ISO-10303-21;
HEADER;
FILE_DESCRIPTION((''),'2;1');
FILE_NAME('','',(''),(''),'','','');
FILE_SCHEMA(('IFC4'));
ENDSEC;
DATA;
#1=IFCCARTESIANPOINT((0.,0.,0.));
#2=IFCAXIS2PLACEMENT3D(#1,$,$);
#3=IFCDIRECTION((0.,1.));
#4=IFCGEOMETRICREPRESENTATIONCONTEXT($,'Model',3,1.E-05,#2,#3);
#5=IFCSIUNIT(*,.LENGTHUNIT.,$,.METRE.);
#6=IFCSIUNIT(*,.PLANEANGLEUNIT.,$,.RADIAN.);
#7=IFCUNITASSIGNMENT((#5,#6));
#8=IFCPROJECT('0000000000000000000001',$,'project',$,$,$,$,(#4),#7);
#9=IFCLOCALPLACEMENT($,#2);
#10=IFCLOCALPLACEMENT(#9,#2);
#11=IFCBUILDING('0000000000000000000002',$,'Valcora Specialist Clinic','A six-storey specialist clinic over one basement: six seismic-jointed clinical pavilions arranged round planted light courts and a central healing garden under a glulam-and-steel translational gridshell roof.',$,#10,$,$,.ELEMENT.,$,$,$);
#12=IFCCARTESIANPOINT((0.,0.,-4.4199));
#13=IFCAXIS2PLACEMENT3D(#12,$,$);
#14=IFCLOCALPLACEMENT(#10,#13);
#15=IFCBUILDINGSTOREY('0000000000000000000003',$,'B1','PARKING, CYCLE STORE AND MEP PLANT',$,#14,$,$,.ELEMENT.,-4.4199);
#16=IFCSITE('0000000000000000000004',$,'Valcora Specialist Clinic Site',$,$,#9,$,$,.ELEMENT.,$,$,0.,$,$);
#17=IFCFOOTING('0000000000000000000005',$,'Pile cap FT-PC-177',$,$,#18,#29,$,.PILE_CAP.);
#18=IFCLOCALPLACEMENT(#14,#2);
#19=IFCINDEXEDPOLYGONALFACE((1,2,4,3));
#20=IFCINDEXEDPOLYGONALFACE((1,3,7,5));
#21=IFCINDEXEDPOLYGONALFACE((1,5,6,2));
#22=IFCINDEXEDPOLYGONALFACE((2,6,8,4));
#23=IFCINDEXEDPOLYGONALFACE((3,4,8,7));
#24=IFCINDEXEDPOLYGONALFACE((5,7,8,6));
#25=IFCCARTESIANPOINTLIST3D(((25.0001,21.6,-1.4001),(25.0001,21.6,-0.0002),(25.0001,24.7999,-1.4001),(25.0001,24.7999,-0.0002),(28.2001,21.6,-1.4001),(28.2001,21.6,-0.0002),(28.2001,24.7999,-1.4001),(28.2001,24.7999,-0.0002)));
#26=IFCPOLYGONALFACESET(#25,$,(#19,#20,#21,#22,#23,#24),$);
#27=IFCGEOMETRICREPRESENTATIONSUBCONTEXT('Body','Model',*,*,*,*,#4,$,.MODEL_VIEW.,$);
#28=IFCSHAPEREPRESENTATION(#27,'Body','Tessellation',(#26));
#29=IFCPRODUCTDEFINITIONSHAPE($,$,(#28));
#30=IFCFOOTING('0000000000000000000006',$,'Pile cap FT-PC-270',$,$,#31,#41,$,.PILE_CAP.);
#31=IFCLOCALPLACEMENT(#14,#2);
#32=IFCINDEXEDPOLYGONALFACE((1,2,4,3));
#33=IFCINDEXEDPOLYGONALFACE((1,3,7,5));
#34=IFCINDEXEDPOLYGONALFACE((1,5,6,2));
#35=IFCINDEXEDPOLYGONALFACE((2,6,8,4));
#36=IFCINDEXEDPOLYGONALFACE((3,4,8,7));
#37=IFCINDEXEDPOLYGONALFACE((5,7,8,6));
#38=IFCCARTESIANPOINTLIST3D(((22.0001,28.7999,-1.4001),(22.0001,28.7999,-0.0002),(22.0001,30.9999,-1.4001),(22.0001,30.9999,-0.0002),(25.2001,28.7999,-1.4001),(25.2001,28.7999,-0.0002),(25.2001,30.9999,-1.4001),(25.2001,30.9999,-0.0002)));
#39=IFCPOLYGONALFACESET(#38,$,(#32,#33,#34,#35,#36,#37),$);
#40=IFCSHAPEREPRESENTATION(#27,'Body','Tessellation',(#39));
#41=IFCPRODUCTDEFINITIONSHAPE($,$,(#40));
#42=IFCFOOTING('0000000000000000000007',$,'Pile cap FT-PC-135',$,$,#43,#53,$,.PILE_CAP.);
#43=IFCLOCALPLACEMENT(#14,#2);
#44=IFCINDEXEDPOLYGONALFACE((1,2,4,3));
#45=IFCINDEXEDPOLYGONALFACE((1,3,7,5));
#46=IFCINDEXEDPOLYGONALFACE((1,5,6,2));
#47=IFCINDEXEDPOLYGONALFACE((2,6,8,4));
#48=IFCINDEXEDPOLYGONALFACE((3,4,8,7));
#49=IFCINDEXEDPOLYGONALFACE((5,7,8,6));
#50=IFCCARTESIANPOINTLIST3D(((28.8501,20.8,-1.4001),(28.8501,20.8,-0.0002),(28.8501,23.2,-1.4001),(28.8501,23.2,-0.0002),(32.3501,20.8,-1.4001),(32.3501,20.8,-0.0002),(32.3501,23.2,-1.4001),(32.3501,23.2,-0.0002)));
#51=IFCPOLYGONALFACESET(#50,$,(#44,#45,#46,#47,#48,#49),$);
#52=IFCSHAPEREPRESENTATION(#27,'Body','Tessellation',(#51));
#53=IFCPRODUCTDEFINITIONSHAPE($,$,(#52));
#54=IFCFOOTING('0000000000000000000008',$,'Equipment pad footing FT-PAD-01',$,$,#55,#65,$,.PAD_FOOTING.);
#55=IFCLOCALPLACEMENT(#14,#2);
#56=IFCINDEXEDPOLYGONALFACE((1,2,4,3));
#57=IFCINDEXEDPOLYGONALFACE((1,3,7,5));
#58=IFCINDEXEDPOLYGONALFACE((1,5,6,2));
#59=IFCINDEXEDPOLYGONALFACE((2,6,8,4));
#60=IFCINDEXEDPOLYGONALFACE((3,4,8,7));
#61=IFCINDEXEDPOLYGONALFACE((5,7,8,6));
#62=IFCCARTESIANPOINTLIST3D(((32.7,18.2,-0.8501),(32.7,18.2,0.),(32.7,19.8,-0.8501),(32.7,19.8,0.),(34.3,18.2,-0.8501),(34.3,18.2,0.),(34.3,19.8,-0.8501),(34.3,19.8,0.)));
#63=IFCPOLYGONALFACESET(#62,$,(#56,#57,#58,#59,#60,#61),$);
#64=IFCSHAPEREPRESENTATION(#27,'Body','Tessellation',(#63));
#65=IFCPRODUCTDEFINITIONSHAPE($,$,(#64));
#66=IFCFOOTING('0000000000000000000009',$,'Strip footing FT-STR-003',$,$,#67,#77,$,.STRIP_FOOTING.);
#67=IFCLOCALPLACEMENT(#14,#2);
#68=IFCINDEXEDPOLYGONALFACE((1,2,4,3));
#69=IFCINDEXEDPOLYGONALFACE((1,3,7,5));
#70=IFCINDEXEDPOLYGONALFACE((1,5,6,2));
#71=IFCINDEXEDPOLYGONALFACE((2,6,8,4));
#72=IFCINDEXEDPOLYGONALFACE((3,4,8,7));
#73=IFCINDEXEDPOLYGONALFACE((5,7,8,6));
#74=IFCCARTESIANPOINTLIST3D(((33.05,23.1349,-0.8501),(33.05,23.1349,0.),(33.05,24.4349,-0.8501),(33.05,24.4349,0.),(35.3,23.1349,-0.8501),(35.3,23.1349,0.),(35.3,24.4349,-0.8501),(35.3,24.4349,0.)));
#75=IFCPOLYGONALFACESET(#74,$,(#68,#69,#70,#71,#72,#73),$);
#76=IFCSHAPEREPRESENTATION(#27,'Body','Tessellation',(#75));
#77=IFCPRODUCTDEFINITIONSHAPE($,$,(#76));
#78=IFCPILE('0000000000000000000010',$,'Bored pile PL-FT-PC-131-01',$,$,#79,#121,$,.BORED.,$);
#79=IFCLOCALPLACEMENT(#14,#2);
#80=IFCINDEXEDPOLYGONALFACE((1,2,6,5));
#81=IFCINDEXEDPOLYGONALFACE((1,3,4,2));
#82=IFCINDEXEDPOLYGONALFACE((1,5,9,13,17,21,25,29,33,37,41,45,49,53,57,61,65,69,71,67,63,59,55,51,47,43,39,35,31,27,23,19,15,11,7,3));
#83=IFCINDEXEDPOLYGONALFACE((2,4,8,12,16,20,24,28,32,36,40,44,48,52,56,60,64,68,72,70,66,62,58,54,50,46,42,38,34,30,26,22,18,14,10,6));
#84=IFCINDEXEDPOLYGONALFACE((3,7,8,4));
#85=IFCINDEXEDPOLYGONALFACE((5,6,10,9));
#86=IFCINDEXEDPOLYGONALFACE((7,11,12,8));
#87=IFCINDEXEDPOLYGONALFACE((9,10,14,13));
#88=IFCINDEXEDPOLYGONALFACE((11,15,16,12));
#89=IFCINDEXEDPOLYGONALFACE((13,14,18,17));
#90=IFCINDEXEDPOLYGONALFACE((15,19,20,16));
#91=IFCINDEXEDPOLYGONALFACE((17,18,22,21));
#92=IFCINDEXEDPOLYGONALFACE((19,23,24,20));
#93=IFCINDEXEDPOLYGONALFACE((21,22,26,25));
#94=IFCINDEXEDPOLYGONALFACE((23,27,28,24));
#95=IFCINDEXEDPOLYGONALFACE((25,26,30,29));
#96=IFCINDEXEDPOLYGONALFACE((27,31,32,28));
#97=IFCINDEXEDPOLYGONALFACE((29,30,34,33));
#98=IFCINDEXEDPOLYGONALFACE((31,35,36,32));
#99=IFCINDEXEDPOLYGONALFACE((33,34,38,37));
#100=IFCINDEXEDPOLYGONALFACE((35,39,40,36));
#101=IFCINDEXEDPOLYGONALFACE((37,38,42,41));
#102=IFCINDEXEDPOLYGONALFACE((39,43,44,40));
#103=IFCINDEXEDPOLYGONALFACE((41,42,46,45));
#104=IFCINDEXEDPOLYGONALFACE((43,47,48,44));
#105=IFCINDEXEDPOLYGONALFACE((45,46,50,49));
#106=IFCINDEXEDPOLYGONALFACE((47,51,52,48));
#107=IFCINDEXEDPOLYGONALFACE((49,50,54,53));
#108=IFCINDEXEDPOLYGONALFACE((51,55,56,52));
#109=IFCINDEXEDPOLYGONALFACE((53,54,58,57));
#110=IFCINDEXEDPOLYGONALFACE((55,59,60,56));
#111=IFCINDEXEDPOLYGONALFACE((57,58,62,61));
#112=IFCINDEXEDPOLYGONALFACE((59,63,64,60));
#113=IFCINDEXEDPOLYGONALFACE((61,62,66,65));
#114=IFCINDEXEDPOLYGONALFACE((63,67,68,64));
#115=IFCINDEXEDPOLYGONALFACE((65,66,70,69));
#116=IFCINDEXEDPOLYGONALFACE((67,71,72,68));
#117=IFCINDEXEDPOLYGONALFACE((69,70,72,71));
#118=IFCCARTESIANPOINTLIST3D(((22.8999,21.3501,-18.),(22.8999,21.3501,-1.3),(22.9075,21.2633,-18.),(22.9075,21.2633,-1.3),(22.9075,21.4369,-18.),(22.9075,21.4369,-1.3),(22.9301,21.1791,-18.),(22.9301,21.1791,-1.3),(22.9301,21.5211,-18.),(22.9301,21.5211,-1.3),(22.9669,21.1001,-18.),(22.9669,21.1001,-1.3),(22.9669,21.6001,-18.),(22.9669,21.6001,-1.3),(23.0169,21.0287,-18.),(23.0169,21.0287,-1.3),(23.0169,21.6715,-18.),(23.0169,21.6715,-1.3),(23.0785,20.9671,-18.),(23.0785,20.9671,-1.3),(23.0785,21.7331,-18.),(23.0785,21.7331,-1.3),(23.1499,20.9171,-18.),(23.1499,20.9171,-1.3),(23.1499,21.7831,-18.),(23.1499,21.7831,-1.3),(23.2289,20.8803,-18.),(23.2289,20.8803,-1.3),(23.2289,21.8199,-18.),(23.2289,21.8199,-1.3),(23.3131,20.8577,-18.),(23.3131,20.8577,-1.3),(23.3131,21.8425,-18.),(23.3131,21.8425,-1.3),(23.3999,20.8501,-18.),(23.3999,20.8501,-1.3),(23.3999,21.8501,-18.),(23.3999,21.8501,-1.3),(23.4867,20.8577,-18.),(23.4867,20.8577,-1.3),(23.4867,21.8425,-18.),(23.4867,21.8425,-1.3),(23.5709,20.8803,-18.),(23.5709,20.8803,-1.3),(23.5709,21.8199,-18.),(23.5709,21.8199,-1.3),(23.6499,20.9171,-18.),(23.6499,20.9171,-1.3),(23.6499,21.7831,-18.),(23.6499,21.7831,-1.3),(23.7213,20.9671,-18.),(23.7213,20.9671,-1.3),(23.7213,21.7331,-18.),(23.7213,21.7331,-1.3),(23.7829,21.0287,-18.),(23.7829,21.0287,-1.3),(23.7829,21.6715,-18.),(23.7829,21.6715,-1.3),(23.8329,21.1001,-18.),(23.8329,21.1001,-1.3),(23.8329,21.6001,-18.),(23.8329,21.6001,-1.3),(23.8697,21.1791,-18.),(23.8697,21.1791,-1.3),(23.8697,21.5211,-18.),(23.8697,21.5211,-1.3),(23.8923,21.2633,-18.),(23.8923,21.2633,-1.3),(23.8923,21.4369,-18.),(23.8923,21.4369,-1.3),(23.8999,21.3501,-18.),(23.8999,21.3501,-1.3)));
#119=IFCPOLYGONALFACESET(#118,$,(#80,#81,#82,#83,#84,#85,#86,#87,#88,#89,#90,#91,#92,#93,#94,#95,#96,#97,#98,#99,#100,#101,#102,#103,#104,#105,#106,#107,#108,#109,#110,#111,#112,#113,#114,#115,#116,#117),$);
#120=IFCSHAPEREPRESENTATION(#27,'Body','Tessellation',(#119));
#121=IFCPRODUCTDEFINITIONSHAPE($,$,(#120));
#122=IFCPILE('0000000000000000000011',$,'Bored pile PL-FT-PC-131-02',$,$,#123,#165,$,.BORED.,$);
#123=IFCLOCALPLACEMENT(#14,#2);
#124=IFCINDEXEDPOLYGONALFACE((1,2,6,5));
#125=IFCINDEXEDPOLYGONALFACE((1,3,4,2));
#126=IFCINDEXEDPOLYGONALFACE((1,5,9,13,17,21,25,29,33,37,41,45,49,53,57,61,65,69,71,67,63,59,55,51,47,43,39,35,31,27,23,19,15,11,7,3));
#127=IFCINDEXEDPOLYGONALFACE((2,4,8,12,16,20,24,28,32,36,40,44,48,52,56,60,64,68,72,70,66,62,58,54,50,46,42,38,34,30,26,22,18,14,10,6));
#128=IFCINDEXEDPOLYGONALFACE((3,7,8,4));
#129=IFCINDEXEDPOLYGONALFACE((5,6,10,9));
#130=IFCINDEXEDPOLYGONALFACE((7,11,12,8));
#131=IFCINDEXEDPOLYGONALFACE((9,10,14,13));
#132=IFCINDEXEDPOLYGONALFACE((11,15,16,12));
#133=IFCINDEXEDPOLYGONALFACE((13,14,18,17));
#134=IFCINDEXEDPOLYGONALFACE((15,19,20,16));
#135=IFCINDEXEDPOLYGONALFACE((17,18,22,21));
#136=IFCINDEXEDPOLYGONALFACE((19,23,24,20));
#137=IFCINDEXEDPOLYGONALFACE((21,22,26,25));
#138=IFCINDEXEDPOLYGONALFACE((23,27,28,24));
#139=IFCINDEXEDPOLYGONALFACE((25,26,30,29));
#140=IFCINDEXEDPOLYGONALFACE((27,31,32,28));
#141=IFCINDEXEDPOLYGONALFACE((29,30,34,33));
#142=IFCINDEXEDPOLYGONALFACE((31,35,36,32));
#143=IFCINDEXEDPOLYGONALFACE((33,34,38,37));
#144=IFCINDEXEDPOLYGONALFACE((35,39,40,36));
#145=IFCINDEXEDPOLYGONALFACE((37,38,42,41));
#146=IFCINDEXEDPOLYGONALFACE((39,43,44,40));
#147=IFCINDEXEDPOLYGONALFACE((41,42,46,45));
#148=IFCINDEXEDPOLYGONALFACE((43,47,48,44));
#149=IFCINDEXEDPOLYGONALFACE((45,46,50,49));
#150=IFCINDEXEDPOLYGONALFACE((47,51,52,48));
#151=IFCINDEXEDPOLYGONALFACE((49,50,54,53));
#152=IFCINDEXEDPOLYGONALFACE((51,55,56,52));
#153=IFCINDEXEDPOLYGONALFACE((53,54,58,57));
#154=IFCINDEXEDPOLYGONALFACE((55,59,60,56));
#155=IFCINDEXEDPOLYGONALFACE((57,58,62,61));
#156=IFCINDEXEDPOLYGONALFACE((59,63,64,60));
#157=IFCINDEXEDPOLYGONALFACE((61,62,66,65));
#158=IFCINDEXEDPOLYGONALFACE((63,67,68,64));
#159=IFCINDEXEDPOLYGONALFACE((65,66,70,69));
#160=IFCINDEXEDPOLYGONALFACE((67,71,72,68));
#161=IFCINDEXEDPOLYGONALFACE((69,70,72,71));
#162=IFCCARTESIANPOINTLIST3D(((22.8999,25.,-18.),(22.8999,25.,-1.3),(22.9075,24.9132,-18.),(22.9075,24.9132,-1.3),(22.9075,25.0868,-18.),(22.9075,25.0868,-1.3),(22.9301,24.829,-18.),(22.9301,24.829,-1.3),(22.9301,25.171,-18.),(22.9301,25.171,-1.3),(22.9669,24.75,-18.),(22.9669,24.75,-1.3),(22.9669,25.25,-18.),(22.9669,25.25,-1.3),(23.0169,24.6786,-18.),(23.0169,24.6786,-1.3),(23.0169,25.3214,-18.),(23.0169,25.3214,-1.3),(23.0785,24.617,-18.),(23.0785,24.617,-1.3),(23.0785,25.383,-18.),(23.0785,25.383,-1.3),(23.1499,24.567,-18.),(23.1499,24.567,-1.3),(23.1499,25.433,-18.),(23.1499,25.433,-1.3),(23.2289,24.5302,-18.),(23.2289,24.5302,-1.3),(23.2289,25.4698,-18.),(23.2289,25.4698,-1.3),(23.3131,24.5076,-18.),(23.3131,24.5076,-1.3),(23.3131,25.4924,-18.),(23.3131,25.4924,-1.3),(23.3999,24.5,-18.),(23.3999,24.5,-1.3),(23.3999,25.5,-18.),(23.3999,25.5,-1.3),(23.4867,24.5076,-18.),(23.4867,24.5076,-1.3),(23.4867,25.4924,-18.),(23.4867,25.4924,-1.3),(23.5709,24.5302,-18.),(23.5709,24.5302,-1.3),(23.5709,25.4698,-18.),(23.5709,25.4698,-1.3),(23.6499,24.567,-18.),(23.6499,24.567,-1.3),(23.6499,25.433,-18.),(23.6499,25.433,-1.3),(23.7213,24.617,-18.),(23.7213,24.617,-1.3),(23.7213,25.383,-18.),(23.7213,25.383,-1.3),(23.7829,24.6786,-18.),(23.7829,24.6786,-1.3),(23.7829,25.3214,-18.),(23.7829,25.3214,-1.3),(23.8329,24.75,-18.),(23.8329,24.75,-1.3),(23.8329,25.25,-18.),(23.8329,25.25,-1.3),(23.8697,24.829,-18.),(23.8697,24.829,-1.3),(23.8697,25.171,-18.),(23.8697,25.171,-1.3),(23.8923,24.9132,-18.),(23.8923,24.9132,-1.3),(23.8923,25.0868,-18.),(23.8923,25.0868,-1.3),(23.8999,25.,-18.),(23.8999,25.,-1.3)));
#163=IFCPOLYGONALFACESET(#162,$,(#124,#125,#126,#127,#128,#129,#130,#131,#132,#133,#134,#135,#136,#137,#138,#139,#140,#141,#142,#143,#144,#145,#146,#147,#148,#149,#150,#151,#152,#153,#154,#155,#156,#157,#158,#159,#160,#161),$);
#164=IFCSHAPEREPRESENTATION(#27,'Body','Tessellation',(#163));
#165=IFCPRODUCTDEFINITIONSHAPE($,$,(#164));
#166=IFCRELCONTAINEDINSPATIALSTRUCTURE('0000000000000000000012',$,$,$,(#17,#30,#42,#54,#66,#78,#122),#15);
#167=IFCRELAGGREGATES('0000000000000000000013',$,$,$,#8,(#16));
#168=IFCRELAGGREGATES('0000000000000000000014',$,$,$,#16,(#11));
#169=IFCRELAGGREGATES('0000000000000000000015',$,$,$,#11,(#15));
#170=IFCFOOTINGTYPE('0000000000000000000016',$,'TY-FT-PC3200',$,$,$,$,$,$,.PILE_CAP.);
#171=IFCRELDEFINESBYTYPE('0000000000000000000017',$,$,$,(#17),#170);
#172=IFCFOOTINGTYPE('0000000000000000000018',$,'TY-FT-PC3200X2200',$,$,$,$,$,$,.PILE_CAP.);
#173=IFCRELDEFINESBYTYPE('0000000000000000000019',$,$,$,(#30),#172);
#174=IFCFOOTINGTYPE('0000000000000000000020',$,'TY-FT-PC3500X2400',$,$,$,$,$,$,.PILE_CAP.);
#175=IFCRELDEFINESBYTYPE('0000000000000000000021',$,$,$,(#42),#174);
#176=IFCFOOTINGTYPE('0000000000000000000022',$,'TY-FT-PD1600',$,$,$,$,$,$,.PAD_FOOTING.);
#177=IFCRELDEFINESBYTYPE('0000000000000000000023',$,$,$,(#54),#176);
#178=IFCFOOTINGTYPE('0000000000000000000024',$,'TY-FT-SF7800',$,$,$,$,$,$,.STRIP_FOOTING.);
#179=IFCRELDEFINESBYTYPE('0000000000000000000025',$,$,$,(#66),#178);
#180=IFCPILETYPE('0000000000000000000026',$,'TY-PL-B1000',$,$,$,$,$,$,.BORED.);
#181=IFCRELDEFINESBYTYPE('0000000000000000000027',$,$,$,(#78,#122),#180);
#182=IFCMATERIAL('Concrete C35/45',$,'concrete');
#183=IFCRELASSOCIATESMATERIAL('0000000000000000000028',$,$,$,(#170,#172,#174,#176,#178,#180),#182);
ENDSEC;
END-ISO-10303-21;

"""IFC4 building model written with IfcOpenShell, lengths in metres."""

from ifc_helpers import new_model, si_unit, direction, frame, origin, origin_2d, place, context, subcontext, project, spatial, rectangle, circle, extrude, material, material_profile, profile_set, type_object, element, save


model = new_model("IFC4")

# Units and contexts
model_context = context("Model", 3, precision=1e-05, world=origin(), true_north=direction((0.0, 1.0)))
body_context = subcontext(model_context, "Body", "Model", "MODEL_VIEW")
ifc_project = project(units=[si_unit("LENGTHUNIT", "METRE"), si_unit("PLANEANGLEUNIT", "RADIAN")], contexts=[model_context])

# Site, building, storey
site_placement = place(None, origin())
site = spatial("IfcSite", under=ifc_project, at=site_placement, Name="Valcora Specialist Clinic Site", CompositionType="ELEMENT", RefElevation=0.0)
building_placement = place(site_placement, origin())
building = spatial("IfcBuilding", under=site, at=building_placement, Name="Valcora Specialist Clinic", Description="A six-storey specialist clinic over one basement: six seismic-jointed clinical pavilions arranged round planted light courts and a central healing garden under a glulam-and-steel translational gridshell roof.", CompositionType="ELEMENT")
storey_placement = place(building_placement, frame((0.0, 0.0, -4.4199)))
storey = spatial("IfcBuildingStorey", under=building, at=storey_placement, Name="B1", Description="PARKING, CYCLE STORE AND MEP PLANT", CompositionType="ELEMENT", Elevation=-4.4199)

# Footings
ifc_material_1 = material(Name="Concrete C35/45", Category="concrete")
footing_type_1 = type_object("IfcFootingType", Name="TY-FT-PC3200", PredefinedType="PILE_CAP", material=ifc_material_1)
footing_1_placement = place(storey_placement, frame((26.6001, 23.2, -1.4001), z_axis=(0.0, 0.0, 1.0), x_axis=(1.0, 0.0, 0.0)))
element("IfcFooting", 1, at=footing_1_placement, inside=storey, type_object=footing_type_1, Name="Pile cap FT-PC-177", PredefinedType="PILE_CAP", context=body_context, shape_type="SweptSolid", body=[
    extrude(rectangle(XDim=3.2, YDim=3.2, at=origin_2d()), origin(), (0.0, 0.0, 1.0), 1.3999),
])
footing_type_2 = type_object("IfcFootingType", Name="TY-FT-PC3200X2200", PredefinedType="PILE_CAP", material=ifc_material_1)
footing_2_placement = place(storey_placement, frame((23.6001, 29.8999, -1.4001), z_axis=(0.0, 0.0, 1.0), x_axis=(1.0, 0.0, 0.0)))
element("IfcFooting", 2, at=footing_2_placement, inside=storey, type_object=footing_type_2, Name="Pile cap FT-PC-270", PredefinedType="PILE_CAP", context=body_context, shape_type="SweptSolid", body=[
    extrude(rectangle(XDim=3.2, YDim=2.2, at=origin_2d()), origin(), (0.0, 0.0, 1.0), 1.3999),
])
footing_type_3 = type_object("IfcFootingType", Name="TY-FT-PC3500X2400", PredefinedType="PILE_CAP", material=ifc_material_1)
footing_3_placement = place(storey_placement, frame((30.6001, 22.0, -1.4001), z_axis=(0.0, 0.0, 1.0), x_axis=(1.0, 0.0, 0.0)))
element("IfcFooting", 3, at=footing_3_placement, inside=storey, type_object=footing_type_3, Name="Pile cap FT-PC-135", PredefinedType="PILE_CAP", context=body_context, shape_type="SweptSolid", body=[
    extrude(rectangle(XDim=3.5, YDim=2.3999, at=origin_2d()), origin(), (0.0, 0.0, 1.0), 1.3999),
])
footing_type_4 = type_object("IfcFootingType", Name="TY-FT-PD1600", PredefinedType="PAD_FOOTING", material=ifc_material_1)
footing_4_placement = place(storey_placement, frame((33.5, 19.0, -0.8501), z_axis=(0.0, 0.0, 1.0), x_axis=(1.0, 0.0, 0.0)))
element("IfcFooting", 4, at=footing_4_placement, inside=storey, type_object=footing_type_4, Name="Equipment pad footing FT-PAD-01", PredefinedType="PAD_FOOTING", context=body_context, shape_type="SweptSolid", body=[
    extrude(rectangle(XDim=1.6001, YDim=1.6001, at=origin_2d()), origin(), (0.0, 0.0, 1.0), 0.8501),
])
footing_type_5 = type_object("IfcFootingType", Name="TY-FT-SF7800", PredefinedType="STRIP_FOOTING", material=ifc_material_1)
footing_5_placement = place(storey_placement, frame((34.175, 23.7849, -0.8501), z_axis=(0.0, 0.0, 1.0), x_axis=(1.0, 0.0, 0.0)))
element("IfcFooting", 5, at=footing_5_placement, inside=storey, type_object=footing_type_5, Name="Strip footing FT-STR-003", PredefinedType="STRIP_FOOTING", context=body_context, shape_type="SweptSolid", body=[
    extrude(rectangle(XDim=2.25, YDim=1.3, at=origin_2d()), origin(), (0.0, 0.0, 1.0), 0.8501),
])

# Piles
ifc_material_profile_1 = material_profile(ifc_material_1, circle(Radius=0.5, at=origin_2d()), Name="RC-PIL-D1000")
ifc_profile_set_1 = profile_set([ifc_material_profile_1], Name="Concrete C35/45")
pile_type_1 = type_object("IfcPileType", Name="TY-PL-B1000", PredefinedType="BORED", material=ifc_profile_set_1)
for number, where, z_axis, x_axis, name in (
    (6, (23.3999, 21.3501, -1.3), (0.0, 0.0, -1.0), (1.0, 0.0, 0.0), "Bored pile PL-FT-PC-131-01"),
    (7, (23.3999, 25.0, -1.3), (0.0, 0.0, -1.0), (1.0, 0.0, 0.0), "Bored pile PL-FT-PC-131-02"),
):
    element("IfcPile", number, at=place(storey_placement, frame(where, z_axis=z_axis, x_axis=x_axis)), inside=storey, type_object=pile_type_1, Name=name, PredefinedType="BORED", context=body_context, shape_type="SweptSolid", body=[
        extrude(circle(Radius=0.5, at=origin_2d()), origin(), (0.0, 0.0, 1.0), 16.7),
    ])

save(model, "model.ifc")
